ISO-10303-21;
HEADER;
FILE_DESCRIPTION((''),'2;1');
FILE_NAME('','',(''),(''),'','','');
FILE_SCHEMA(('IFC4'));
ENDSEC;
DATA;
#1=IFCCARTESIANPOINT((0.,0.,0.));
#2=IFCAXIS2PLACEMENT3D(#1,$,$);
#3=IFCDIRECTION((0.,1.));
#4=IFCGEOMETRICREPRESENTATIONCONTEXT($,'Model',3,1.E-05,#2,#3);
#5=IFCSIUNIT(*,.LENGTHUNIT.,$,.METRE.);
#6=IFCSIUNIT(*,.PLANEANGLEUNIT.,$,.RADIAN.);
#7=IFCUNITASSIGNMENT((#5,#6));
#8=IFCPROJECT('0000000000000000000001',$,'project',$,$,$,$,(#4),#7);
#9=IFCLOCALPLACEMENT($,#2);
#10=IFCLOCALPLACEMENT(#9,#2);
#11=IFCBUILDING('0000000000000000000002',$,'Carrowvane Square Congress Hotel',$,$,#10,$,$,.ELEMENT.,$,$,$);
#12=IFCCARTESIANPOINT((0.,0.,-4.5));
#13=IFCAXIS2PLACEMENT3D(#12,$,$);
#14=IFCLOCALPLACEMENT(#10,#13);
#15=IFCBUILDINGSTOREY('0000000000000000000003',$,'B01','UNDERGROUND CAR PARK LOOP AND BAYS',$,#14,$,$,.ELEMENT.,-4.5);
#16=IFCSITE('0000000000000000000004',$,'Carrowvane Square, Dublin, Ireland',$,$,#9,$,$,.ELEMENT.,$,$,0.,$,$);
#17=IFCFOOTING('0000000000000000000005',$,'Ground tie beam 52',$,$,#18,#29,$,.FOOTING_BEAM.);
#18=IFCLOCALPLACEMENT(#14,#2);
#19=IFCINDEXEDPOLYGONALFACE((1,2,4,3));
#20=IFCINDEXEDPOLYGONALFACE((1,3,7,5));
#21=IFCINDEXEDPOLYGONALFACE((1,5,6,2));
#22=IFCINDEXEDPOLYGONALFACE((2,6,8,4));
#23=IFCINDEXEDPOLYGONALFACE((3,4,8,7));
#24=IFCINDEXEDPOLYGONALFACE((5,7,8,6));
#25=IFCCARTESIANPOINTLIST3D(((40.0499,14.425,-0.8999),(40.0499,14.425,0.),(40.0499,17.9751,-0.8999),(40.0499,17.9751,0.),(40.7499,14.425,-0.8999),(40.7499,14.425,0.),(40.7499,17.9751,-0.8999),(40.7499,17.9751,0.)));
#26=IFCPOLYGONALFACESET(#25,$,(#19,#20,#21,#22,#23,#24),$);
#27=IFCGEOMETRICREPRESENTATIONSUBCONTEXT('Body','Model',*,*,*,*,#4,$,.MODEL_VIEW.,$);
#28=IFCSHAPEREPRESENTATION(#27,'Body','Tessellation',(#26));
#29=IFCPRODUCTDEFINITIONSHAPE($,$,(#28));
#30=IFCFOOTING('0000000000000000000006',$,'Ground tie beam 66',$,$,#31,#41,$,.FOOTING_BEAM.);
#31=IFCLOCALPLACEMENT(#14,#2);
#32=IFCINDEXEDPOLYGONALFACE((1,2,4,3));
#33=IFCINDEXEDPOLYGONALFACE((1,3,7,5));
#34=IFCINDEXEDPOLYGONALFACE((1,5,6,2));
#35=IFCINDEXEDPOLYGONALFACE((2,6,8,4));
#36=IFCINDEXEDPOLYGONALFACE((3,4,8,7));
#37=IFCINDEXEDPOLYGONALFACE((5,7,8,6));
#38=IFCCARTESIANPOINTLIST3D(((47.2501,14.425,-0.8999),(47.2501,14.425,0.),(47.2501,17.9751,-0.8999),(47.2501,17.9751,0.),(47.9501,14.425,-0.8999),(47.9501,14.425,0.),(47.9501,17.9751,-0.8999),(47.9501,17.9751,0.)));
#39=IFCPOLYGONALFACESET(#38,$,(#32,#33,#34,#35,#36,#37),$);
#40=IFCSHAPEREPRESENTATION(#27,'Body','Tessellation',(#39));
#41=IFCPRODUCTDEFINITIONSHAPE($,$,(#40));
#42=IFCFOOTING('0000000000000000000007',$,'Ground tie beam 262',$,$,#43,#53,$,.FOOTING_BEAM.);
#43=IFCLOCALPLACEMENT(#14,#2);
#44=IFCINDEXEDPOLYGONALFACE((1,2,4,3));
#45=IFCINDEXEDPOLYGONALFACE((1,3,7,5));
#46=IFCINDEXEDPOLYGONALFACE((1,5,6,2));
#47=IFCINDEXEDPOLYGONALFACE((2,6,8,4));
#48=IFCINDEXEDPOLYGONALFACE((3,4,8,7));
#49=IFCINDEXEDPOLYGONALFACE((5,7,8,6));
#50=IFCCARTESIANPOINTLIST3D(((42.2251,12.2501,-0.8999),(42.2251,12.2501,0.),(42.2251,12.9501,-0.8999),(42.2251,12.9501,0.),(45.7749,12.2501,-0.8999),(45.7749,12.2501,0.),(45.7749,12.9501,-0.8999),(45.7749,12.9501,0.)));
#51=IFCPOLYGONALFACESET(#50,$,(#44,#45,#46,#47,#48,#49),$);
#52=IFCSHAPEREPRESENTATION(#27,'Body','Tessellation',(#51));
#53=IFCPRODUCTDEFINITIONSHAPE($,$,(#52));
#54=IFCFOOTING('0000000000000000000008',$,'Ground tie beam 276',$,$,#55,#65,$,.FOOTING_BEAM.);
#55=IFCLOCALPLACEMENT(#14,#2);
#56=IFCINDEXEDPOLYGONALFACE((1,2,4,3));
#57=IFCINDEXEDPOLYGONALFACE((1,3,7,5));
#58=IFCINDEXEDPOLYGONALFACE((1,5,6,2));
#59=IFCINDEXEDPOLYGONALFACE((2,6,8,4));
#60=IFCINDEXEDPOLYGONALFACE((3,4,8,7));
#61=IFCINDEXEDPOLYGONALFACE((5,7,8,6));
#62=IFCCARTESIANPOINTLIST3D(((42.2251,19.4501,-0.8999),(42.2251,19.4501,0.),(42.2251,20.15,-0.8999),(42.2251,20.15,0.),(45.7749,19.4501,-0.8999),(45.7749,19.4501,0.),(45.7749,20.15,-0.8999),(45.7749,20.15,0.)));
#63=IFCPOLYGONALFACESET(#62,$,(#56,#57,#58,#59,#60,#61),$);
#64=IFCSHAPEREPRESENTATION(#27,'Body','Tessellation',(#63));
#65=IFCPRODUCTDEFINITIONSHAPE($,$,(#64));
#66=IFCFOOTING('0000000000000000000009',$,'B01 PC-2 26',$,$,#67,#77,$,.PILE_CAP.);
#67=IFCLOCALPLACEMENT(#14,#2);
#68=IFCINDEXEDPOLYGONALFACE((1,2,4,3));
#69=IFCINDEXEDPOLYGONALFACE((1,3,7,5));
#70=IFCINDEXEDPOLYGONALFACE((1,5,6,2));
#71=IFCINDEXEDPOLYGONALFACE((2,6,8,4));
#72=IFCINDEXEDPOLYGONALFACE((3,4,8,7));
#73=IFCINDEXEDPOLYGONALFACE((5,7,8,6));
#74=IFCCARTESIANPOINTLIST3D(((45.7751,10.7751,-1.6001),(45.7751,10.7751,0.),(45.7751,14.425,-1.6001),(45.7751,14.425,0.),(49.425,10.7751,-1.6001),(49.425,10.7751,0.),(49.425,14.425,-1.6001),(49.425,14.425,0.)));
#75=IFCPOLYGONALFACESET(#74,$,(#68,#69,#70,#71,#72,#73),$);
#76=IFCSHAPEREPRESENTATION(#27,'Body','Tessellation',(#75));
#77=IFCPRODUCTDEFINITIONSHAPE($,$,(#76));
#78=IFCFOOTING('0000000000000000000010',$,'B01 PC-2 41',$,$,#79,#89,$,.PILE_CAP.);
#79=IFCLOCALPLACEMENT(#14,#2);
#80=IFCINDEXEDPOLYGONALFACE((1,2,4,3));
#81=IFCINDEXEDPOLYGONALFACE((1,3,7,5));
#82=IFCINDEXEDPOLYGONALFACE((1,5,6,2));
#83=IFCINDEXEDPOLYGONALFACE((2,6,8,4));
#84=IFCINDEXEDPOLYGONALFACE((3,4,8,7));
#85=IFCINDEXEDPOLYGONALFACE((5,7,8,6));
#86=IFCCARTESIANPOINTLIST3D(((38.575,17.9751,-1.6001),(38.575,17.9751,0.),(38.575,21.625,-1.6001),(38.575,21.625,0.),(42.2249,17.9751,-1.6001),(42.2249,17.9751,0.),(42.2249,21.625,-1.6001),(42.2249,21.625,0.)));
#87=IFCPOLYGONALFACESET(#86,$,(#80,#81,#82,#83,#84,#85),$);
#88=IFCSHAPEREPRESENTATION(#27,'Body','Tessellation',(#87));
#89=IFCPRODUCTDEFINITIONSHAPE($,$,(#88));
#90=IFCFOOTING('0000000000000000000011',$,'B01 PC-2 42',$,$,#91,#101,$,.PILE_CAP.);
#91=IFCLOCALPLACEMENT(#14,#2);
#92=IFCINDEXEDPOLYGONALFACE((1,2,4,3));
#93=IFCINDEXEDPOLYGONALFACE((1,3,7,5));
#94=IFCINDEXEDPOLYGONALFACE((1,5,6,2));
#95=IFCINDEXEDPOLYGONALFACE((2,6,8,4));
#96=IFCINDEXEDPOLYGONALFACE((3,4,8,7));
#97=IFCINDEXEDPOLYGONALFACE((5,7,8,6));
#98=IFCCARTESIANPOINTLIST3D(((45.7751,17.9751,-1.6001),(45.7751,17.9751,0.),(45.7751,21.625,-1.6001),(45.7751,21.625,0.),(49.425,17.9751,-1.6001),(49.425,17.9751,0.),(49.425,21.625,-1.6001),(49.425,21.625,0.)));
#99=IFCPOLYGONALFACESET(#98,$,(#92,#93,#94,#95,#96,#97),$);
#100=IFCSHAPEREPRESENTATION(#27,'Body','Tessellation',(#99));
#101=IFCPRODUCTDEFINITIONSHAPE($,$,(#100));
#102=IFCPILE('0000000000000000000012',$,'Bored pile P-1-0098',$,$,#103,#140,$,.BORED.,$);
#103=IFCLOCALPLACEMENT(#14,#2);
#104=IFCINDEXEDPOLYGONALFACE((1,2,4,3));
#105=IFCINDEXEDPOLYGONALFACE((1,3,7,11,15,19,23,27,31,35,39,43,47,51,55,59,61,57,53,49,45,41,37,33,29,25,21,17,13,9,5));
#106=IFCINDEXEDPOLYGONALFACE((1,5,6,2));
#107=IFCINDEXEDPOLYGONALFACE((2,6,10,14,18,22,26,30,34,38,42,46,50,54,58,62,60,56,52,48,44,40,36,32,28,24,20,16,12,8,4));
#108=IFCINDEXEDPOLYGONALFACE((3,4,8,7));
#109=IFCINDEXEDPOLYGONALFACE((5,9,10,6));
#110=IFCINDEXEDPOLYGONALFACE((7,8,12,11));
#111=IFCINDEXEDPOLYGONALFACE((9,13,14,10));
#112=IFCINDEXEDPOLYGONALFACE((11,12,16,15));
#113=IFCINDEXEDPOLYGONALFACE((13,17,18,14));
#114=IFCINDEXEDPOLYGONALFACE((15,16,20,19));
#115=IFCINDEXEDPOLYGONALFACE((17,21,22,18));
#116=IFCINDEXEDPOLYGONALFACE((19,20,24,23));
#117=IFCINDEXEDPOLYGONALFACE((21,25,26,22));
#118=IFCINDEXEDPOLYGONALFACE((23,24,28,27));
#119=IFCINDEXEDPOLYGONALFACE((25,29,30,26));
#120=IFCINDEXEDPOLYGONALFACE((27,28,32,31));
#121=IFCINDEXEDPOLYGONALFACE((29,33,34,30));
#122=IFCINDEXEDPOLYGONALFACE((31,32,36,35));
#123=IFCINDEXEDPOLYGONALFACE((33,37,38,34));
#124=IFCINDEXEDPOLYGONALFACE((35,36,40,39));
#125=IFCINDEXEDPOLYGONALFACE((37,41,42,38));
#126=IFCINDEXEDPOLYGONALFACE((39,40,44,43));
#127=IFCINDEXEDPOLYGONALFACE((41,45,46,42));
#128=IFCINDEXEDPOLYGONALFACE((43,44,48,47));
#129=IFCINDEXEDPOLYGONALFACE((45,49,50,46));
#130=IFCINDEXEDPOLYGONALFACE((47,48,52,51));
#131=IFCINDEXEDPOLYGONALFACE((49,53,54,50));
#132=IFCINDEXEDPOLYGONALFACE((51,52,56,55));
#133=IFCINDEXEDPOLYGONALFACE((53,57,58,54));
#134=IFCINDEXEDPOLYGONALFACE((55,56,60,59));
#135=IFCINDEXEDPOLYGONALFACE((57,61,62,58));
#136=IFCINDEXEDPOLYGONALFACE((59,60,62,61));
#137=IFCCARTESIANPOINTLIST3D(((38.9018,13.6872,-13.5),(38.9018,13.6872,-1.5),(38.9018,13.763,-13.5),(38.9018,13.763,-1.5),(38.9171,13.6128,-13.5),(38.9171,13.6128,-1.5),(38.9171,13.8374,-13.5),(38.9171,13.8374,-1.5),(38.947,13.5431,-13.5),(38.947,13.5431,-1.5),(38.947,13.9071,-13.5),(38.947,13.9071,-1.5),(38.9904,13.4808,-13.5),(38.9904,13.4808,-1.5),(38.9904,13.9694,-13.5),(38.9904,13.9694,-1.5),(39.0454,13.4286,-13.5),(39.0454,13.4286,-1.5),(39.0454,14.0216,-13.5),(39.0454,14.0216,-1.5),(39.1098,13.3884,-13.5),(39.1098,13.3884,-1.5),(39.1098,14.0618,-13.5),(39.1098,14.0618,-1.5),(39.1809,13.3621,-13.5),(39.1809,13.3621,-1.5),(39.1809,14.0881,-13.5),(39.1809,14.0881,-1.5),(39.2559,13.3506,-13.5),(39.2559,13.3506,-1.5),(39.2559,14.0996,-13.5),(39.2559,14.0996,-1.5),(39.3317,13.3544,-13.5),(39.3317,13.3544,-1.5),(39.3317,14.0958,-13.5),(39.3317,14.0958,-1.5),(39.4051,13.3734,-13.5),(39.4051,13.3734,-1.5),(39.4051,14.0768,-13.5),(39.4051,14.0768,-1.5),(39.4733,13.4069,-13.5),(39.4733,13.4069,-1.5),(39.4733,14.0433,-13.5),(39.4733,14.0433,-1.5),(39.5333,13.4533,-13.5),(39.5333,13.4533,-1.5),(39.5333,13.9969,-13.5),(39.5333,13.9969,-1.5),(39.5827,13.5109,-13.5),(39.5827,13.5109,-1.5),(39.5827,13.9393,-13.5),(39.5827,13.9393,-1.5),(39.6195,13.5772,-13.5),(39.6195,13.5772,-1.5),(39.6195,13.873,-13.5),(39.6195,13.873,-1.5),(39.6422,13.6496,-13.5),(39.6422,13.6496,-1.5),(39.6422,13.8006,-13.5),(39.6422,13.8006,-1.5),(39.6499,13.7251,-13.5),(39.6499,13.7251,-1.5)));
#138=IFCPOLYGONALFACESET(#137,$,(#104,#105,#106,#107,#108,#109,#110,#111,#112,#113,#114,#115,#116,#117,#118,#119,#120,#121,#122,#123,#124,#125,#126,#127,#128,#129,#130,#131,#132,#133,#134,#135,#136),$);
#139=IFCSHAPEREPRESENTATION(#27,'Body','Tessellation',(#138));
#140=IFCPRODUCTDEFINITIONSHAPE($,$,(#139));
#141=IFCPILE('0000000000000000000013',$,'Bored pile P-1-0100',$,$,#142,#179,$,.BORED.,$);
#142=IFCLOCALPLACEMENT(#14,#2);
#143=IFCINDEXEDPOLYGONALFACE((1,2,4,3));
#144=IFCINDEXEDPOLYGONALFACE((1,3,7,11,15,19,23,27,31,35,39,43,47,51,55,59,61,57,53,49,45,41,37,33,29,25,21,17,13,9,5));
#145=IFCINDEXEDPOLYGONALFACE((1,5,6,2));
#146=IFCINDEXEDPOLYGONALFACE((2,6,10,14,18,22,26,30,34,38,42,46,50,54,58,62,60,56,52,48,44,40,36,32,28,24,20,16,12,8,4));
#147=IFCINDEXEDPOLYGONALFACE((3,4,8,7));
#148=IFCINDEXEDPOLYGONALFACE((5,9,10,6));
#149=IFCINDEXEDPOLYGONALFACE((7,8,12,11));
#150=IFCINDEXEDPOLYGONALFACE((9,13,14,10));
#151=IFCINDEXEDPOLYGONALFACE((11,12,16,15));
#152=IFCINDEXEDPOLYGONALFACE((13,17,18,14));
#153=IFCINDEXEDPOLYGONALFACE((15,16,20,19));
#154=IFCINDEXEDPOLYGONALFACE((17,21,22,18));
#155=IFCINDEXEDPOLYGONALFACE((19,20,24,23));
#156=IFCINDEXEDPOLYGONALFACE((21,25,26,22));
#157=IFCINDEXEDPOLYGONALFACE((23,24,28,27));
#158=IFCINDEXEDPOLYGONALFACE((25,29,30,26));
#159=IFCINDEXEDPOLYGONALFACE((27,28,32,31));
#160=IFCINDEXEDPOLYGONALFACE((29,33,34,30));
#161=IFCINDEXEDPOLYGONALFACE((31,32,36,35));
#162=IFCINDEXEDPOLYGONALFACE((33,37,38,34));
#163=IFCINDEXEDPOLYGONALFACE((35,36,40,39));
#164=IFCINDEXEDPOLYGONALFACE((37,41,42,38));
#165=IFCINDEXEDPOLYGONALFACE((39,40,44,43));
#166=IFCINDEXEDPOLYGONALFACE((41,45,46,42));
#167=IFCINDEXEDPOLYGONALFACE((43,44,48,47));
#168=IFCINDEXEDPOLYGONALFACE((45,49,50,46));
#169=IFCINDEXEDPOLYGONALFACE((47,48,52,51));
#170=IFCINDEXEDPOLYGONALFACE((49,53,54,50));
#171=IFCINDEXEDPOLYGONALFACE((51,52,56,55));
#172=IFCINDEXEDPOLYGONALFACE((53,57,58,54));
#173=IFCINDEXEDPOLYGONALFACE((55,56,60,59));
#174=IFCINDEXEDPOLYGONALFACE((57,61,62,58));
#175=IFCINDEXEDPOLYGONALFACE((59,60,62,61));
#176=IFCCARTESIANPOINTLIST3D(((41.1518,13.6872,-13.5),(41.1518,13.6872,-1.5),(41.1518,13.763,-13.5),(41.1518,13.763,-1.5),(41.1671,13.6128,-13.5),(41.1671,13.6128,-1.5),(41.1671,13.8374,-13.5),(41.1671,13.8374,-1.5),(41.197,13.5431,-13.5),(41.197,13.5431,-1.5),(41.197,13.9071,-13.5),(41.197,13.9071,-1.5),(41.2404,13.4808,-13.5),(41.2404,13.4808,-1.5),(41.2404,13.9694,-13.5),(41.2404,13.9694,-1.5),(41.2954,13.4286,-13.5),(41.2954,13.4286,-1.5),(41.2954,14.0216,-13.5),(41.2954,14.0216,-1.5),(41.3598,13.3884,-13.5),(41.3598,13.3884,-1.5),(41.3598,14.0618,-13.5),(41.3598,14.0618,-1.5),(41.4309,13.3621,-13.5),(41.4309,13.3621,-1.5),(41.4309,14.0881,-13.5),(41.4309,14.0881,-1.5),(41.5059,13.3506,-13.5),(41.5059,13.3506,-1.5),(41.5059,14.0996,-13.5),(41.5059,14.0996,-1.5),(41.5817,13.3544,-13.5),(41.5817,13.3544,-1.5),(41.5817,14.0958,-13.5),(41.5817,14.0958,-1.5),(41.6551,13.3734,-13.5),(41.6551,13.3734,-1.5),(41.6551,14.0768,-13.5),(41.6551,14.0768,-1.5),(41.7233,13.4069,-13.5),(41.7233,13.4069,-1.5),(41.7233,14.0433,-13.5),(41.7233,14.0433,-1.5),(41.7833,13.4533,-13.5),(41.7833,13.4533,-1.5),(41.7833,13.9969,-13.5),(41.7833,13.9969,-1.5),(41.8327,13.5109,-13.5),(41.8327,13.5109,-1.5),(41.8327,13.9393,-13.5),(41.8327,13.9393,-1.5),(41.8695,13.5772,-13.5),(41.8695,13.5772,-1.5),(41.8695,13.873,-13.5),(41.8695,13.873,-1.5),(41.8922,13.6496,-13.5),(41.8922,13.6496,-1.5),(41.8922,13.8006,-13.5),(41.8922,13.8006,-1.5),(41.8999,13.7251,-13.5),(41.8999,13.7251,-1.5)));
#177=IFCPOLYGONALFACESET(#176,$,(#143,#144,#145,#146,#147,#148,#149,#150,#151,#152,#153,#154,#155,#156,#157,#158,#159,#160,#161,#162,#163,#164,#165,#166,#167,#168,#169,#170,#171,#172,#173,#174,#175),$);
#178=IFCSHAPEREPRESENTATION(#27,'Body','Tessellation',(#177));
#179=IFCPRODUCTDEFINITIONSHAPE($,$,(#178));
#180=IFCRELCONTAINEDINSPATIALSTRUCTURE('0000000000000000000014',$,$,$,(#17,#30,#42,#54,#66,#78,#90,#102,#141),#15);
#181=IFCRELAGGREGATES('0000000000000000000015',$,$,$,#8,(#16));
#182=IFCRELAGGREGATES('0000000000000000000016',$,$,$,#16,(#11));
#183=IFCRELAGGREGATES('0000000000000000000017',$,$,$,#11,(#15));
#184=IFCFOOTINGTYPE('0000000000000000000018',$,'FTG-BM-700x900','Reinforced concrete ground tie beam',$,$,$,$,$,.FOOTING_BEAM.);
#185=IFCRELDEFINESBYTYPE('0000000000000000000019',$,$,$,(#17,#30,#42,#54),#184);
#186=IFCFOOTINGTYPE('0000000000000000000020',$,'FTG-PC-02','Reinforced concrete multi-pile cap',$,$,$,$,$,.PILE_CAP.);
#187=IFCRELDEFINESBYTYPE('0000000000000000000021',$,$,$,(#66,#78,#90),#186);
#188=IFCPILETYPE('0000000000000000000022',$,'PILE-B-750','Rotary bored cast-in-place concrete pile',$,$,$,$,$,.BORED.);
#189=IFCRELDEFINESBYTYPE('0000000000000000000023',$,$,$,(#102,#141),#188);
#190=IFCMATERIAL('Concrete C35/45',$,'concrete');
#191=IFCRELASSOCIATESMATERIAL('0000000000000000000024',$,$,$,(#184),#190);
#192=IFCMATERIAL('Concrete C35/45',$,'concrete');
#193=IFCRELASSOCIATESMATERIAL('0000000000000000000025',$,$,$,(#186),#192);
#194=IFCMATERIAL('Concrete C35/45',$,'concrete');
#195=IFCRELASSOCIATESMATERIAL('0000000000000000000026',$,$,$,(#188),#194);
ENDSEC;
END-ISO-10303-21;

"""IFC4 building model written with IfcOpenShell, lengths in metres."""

from ifc_helpers import new_model, si_unit, direction, frame, origin, origin_2d, place, context, subcontext, project, spatial, rectangle, circle, extrude, material, material_profile, profile_set, type_object, element, save


model = new_model("IFC4")

# Units and contexts
model_context = context("Model", 3, precision=1e-05, world=origin(), true_north=direction((0.0, 1.0)))
body_context = subcontext(model_context, "Body", "Model", "MODEL_VIEW")
ifc_project = project(units=[si_unit("LENGTHUNIT", "METRE"), si_unit("PLANEANGLEUNIT", "RADIAN")], contexts=[model_context])

# Site, building, storey
site_placement = place(None, origin())
site = spatial("IfcSite", under=ifc_project, at=site_placement, Name="Carrowvane Square, Dublin, Ireland", CompositionType="ELEMENT", RefElevation=0.0)
building_placement = place(site_placement, origin())
building = spatial("IfcBuilding", under=site, at=building_placement, Name="Carrowvane Square Congress Hotel", CompositionType="ELEMENT")
storey_placement = place(building_placement, frame((0.0, 0.0, -4.5)))
storey = spatial("IfcBuildingStorey", under=building, at=storey_placement, Name="B01", Description="UNDERGROUND CAR PARK LOOP AND BAYS", CompositionType="ELEMENT", Elevation=-4.5)

# Footings
ifc_material_1 = material(Name="Concrete C35/45", Category="concrete")
ifc_material_profile_1 = material_profile(ifc_material_1, rectangle(XDim=0.7, YDim=0.8999, at=origin_2d()), Name="RC 700x900")
ifc_profile_set_1 = profile_set([ifc_material_profile_1], Name="Concrete C35/45")
footing_type_1 = type_object("IfcFootingType", Name="FTG-BM-700x900", Description="Reinforced concrete ground tie beam", PredefinedType="FOOTING_BEAM", material=ifc_profile_set_1)
for number, where, z_axis, x_axis, name in (
    (1, (40.3999, 14.425, -0.45), (0.0, 1.0, 0.0), (-1.0, 0.0, 0.0), "Ground tie beam 52"),
    (2, (47.6001, 14.425, -0.45), (0.0, 1.0, 0.0), (-1.0, 0.0, 0.0), "Ground tie beam 66"),
):
    element("IfcFooting", number, at=place(storey_placement, frame(where, z_axis=z_axis, x_axis=x_axis)), inside=storey, type_object=footing_type_1, Name=name, PredefinedType="FOOTING_BEAM", context=body_context, shape_type="SweptSolid", body=[
        extrude(rectangle(XDim=0.7, YDim=0.8999, at=origin_2d()), origin(), (0.0, 0.0, 1.0), 3.55),
    ])
for number, where, z_axis, x_axis, name in (
    (3, (42.2251, 12.6001, -0.45), (1.0, 0.0, 0.0), (0.0, 1.0, 0.0), "Ground tie beam 262"),
    (4, (42.2251, 19.8, -0.45), (1.0, 0.0, 0.0), (0.0, 1.0, 0.0), "Ground tie beam 276"),
):
    element("IfcFooting", number, at=place(storey_placement, frame(where, z_axis=z_axis, x_axis=x_axis)), inside=storey, type_object=footing_type_1, Name=name, PredefinedType="FOOTING_BEAM", context=body_context, shape_type="SweptSolid", body=[
        extrude(rectangle(XDim=0.7, YDim=0.8999, at=origin_2d()), origin(), (0.0, 0.0, 1.0), 3.5498),
    ])
ifc_material_2 = material(Name="Concrete C35/45", Category="concrete")
footing_type_2 = type_object("IfcFootingType", Name="FTG-PC-02", Description="Reinforced concrete multi-pile cap", PredefinedType="PILE_CAP", material=ifc_material_2)
for number, where, z_axis, x_axis, name in (
    (5, (47.6001, 12.6001, -1.6001), (0.0, 0.0, 1.0), (1.0, 0.0, 0.0), "B01 PC-2 26"),
    (6, (40.3999, 19.8, -1.6001), (0.0, 0.0, 1.0), (1.0, 0.0, 0.0), "B01 PC-2 41"),
    (7, (47.6001, 19.8, -1.6001), (0.0, 0.0, 1.0), (1.0, 0.0, 0.0), "B01 PC-2 42"),
):
    element("IfcFooting", number, at=place(storey_placement, frame(where, z_axis=z_axis, x_axis=x_axis)), inside=storey, type_object=footing_type_2, Name=name, PredefinedType="PILE_CAP", context=body_context, shape_type="SweptSolid", body=[
        extrude(rectangle(XDim=3.6499, YDim=3.6499, at=origin_2d()), origin(), (0.0, 0.0, 1.0), 1.6001),
    ])

# Piles
ifc_material_3 = material(Name="Concrete C35/45", Category="concrete")
ifc_material_profile_2 = material_profile(ifc_material_3, circle(Radius=0.375, at=origin_2d()), Name="PILE D750")
ifc_profile_set_2 = profile_set([ifc_material_profile_2], Name="Concrete C35/45")
pile_type = type_object("IfcPileType", Name="PILE-B-750", Description="Rotary bored cast-in-place concrete pile", PredefinedType="BORED", material=ifc_profile_set_2)
for number, where, z_axis, x_axis, name in (
    (8, (39.2749, 13.7251, -1.5), (0.0, 0.0, -1.0), (1.0, 0.0, 0.0), "Bored pile P-1-0098"),
    (9, (41.5249, 13.7251, -1.5), (0.0, 0.0, -1.0), (1.0, 0.0, 0.0), "Bored pile P-1-0100"),
):
    element("IfcPile", number, at=place(storey_placement, frame(where, z_axis=z_axis, x_axis=x_axis)), inside=storey, type_object=pile_type, Name=name, PredefinedType="BORED", context=body_context, shape_type="SweptSolid", body=[
        extrude(circle(Radius=0.375, at=origin_2d()), origin(), (0.0, 0.0, 1.0), 12.0),
    ])

save(model, "model.ifc")
